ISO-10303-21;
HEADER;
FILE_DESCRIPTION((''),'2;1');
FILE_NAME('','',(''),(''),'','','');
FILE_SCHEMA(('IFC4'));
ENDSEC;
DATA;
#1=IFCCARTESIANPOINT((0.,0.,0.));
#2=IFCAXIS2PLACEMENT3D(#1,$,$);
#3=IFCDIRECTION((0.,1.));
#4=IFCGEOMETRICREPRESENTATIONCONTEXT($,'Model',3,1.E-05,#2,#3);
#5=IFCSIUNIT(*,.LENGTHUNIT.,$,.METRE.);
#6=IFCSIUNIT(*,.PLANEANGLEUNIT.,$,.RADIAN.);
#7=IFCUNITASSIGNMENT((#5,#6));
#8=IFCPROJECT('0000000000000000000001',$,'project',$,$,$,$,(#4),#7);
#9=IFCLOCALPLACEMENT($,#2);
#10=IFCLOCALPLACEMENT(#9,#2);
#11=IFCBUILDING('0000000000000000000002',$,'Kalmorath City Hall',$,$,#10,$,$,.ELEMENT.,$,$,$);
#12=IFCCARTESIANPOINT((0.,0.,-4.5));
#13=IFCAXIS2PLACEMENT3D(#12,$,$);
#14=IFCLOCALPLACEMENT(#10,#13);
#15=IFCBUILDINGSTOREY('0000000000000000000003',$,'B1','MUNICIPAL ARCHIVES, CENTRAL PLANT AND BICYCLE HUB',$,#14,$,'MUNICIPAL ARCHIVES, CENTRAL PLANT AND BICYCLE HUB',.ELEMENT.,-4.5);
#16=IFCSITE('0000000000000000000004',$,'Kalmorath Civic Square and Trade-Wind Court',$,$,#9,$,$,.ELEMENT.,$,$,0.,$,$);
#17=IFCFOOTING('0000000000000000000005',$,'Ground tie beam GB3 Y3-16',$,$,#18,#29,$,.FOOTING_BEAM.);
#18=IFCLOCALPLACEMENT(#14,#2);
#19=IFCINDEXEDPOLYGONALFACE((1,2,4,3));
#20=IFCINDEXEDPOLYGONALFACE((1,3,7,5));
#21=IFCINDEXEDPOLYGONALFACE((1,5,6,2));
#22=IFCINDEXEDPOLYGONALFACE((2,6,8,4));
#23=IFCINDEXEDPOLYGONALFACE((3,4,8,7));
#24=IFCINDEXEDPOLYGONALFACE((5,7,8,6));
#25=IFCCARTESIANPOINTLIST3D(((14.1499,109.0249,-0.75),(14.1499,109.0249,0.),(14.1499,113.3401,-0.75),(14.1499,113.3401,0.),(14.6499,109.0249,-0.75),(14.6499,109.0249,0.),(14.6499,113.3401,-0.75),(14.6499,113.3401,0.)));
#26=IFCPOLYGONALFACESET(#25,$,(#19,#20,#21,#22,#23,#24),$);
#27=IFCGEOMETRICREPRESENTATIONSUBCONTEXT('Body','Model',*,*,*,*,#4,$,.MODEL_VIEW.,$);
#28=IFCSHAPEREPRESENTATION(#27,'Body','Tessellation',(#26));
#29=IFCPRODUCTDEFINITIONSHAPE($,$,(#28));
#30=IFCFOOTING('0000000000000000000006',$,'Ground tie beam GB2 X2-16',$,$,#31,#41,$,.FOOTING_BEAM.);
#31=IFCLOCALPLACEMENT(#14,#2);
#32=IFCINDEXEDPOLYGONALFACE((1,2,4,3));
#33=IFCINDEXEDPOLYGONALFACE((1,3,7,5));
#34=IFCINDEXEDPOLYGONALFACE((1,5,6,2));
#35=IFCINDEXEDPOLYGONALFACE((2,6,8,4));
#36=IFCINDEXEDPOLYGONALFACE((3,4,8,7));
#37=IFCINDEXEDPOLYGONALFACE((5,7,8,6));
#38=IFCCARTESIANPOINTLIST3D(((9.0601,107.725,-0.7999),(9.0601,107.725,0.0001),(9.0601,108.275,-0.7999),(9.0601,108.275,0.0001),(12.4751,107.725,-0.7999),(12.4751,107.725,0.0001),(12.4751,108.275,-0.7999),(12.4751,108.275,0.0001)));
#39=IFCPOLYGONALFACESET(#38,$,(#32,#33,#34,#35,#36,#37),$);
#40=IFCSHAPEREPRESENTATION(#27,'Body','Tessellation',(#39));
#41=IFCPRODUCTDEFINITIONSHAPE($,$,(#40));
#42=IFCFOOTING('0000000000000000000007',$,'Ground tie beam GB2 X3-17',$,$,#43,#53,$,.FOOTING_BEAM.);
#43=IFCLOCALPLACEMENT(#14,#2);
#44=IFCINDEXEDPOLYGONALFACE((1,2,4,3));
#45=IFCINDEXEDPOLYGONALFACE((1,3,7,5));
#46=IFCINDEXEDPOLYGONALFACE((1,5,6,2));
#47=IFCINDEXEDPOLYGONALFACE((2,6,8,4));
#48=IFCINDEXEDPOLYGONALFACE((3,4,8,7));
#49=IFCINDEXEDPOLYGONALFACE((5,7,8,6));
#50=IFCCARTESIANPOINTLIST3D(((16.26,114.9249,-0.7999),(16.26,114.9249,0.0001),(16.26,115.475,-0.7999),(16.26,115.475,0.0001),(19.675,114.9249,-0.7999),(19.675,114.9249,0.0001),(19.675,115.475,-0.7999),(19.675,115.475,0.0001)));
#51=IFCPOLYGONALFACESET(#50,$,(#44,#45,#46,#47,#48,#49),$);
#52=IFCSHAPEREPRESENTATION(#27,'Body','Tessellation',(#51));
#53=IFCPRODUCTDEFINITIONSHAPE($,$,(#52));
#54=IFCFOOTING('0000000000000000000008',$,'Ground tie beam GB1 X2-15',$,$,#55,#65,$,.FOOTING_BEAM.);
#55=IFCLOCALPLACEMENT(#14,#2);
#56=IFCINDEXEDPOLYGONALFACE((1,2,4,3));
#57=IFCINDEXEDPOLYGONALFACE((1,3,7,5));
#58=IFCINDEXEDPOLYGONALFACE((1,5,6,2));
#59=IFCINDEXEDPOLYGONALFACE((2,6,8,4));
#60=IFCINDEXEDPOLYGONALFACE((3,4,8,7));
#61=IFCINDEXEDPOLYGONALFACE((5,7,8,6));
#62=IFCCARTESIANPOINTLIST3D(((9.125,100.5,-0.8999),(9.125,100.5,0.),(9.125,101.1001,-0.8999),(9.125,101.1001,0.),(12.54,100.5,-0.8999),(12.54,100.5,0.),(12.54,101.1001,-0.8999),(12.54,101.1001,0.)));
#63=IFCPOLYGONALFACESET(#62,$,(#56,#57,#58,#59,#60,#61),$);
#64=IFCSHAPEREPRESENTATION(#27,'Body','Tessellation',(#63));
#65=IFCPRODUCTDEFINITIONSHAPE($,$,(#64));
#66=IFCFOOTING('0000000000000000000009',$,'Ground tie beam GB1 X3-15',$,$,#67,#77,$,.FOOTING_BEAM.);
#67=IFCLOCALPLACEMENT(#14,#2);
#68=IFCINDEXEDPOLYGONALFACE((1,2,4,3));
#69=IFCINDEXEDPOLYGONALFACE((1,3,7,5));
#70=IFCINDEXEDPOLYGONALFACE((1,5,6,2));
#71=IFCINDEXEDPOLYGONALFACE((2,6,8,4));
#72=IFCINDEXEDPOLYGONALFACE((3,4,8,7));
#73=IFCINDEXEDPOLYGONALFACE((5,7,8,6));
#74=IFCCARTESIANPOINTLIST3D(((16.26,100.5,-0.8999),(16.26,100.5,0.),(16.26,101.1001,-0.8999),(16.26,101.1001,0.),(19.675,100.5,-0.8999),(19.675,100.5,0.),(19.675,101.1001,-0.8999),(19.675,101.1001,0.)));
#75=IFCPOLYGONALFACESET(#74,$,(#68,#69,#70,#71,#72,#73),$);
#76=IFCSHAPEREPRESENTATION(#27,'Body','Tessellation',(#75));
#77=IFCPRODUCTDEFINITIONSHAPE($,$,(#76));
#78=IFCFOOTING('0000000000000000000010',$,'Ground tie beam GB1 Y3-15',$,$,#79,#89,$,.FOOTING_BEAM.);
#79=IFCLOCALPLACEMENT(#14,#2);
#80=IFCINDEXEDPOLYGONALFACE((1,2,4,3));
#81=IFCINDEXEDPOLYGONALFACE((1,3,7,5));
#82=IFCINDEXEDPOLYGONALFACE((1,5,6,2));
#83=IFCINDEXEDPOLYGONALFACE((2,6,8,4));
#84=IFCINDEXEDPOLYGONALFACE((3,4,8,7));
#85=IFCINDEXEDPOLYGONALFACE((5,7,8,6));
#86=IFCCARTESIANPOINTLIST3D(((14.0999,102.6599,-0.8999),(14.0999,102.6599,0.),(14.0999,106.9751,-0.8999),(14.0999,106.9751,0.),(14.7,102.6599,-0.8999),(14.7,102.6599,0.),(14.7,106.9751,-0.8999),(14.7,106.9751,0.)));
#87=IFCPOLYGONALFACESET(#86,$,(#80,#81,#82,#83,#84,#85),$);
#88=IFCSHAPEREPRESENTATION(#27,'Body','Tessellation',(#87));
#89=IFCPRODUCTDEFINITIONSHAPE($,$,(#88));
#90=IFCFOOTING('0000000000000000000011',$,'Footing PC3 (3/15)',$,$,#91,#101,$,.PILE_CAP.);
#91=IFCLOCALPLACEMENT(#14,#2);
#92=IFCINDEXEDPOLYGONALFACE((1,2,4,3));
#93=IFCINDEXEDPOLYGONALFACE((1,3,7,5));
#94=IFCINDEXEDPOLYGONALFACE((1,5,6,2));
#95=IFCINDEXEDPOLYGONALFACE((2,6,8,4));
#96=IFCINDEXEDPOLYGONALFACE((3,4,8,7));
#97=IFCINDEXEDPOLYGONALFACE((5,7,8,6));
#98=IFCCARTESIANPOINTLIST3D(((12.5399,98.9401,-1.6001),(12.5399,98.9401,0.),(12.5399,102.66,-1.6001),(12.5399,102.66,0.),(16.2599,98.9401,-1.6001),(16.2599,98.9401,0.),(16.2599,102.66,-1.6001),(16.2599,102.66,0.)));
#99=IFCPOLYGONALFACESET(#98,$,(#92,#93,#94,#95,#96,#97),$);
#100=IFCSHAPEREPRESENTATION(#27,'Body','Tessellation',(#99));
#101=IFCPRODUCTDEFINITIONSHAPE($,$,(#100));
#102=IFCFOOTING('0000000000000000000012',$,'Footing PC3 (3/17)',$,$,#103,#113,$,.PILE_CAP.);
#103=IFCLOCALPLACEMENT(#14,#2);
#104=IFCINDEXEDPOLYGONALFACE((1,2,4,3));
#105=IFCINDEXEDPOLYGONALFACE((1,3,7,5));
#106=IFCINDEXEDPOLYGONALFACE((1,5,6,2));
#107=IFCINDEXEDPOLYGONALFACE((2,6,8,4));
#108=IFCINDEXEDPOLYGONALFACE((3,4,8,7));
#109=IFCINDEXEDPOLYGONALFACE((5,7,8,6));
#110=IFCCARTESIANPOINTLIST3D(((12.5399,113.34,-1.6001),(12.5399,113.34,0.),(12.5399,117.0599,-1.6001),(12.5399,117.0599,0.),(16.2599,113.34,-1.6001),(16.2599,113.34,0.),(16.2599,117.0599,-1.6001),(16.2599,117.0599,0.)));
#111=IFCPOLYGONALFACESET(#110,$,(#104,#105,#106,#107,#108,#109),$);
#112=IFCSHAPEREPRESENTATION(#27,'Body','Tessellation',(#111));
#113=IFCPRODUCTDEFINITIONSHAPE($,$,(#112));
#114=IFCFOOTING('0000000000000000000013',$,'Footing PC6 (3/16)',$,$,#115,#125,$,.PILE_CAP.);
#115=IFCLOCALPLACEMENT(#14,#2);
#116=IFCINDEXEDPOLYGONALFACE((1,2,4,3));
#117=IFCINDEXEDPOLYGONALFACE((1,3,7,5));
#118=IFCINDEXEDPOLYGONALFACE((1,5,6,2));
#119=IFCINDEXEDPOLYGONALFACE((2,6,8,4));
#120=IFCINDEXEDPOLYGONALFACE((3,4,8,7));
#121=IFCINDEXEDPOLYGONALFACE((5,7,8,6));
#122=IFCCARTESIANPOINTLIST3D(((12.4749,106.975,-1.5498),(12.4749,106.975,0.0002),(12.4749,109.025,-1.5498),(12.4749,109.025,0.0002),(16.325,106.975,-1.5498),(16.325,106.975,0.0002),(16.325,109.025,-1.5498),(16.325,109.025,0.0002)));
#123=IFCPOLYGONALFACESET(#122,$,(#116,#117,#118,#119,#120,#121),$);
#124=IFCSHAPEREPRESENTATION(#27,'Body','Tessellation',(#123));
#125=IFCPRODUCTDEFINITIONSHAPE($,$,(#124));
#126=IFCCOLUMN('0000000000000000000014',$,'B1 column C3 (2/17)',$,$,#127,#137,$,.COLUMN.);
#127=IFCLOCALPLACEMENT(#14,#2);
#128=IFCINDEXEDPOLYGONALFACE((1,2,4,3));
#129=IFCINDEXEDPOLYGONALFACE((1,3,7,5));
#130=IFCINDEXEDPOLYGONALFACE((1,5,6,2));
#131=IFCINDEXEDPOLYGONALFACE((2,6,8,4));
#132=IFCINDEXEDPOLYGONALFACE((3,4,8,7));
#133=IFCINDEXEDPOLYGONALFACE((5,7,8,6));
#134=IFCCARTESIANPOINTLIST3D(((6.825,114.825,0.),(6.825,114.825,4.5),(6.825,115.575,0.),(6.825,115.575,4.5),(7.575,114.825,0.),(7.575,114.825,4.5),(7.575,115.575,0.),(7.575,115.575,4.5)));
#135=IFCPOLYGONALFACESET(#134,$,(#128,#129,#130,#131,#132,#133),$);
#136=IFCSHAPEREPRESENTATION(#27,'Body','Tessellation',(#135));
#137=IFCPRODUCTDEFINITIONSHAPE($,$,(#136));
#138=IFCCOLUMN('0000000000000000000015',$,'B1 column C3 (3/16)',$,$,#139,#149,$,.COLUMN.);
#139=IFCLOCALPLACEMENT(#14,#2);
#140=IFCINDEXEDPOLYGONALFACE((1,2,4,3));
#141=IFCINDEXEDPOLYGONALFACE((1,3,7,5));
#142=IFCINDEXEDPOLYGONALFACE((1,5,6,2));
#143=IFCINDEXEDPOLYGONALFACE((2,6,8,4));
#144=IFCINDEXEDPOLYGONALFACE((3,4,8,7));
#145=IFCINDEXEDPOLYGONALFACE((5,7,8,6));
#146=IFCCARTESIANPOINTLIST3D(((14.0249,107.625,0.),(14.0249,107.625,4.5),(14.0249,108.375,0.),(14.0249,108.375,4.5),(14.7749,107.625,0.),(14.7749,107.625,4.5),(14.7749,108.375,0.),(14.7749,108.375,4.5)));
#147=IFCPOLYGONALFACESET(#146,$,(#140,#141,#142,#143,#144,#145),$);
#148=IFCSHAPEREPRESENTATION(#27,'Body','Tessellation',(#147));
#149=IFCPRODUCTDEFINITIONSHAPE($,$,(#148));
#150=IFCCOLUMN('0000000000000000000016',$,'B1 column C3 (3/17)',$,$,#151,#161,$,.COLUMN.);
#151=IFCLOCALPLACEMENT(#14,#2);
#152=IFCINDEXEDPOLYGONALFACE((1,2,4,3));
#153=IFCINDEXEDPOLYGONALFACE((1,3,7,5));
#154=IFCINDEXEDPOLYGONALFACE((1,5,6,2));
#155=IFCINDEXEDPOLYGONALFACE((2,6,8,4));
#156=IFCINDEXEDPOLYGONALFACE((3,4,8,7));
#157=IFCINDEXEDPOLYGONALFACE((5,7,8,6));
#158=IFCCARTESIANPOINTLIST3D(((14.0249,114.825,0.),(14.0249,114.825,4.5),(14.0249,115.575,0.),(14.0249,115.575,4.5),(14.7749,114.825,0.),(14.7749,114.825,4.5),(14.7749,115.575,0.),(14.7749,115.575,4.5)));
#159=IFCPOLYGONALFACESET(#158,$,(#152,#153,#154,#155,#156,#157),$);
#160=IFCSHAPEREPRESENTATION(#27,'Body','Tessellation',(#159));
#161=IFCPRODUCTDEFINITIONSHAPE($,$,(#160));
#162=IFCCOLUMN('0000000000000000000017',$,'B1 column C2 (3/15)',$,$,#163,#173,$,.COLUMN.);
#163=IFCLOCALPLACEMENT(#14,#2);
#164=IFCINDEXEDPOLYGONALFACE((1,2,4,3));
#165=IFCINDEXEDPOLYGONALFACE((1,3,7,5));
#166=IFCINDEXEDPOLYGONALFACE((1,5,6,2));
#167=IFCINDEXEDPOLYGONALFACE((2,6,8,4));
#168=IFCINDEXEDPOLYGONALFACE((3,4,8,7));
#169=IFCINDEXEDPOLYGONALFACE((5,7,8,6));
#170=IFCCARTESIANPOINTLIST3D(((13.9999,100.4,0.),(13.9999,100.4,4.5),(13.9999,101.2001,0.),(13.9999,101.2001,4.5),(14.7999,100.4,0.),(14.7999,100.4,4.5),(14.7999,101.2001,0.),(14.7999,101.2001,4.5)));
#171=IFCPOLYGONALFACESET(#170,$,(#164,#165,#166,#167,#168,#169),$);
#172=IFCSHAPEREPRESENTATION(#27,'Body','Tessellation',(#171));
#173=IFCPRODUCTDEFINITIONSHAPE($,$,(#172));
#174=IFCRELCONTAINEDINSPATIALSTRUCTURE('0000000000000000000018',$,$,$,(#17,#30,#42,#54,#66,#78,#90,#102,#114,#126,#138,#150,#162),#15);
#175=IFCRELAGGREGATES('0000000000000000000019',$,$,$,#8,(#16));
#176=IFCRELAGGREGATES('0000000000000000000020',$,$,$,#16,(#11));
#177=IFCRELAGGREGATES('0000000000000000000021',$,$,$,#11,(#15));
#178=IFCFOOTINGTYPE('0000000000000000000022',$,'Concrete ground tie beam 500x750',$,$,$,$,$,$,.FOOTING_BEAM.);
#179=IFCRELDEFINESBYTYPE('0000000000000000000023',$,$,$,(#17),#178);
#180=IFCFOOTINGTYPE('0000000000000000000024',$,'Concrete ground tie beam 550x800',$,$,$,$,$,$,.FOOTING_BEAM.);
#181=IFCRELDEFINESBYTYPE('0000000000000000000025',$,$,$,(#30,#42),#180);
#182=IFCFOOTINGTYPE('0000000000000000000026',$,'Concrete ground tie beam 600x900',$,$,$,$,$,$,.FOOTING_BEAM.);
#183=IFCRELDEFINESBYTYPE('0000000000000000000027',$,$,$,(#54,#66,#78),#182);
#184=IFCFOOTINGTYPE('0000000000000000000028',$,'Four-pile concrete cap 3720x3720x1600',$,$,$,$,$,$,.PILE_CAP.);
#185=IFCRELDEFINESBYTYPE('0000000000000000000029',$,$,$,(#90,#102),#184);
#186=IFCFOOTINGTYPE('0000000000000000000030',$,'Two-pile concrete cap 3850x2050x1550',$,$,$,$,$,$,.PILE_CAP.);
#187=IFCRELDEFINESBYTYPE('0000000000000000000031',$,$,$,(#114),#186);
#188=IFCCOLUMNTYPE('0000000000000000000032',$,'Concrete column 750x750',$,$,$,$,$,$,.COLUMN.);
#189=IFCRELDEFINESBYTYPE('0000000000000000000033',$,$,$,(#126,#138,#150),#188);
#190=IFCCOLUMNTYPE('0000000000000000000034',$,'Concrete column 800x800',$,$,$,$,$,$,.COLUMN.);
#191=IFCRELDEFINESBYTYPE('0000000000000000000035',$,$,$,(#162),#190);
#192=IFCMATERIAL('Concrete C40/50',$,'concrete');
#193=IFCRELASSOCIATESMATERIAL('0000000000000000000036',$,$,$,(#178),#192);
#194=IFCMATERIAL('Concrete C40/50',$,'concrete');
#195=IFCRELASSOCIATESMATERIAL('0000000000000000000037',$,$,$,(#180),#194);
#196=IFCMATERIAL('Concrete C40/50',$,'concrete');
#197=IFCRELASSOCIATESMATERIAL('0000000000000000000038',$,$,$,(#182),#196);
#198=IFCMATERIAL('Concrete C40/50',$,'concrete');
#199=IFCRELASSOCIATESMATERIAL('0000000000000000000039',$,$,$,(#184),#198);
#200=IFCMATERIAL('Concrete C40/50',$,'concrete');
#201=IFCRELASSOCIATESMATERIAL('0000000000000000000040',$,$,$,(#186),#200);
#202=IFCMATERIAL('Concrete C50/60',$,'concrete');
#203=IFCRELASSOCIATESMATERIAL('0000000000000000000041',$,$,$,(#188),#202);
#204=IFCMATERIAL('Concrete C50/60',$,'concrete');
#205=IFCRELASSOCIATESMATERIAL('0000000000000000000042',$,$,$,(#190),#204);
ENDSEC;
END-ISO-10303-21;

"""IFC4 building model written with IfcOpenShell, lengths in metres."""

from ifc_helpers import new_model, si_unit, direction, frame, origin, origin_2d, place, context, subcontext, project, spatial, rectangle, extrude, material, material_profile, profile_set, type_object, element, save


model = new_model("IFC4")

# Units and contexts
model_context = context("Model", 3, precision=1e-05, world=origin(), true_north=direction((0.0, 1.0)))
body_context = subcontext(model_context, "Body", "Model", "MODEL_VIEW")
ifc_project = project(units=[si_unit("LENGTHUNIT", "METRE"), si_unit("PLANEANGLEUNIT", "RADIAN")], contexts=[model_context])

# Site, building, storey
site_placement = place(None, origin())
site = spatial("IfcSite", under=ifc_project, at=site_placement, Name="Kalmorath Civic Square and Trade-Wind Court", CompositionType="ELEMENT", RefElevation=0.0)
building_placement = place(site_placement, origin())
building = spatial("IfcBuilding", under=site, at=building_placement, Name="Kalmorath City Hall", CompositionType="ELEMENT")
storey_placement = place(building_placement, frame((0.0, 0.0, -4.5)))
storey = spatial("IfcBuildingStorey", under=building, at=storey_placement, Name="B1", Description="MUNICIPAL ARCHIVES, CENTRAL PLANT AND BICYCLE HUB", LongName="MUNICIPAL ARCHIVES, CENTRAL PLANT AND BICYCLE HUB", CompositionType="ELEMENT", Elevation=-4.5)

# Footings
ifc_material_1 = material(Name="Concrete C40/50", Category="concrete")
ifc_material_profile_1 = material_profile(ifc_material_1, rectangle(XDim=0.5, YDim=0.75, at=origin_2d()), Name="RC-BM-500X750")
ifc_profile_set_1 = profile_set([ifc_material_profile_1], Name="Concrete C40/50")
footing_type_1 = type_object("IfcFootingType", Name="Concrete ground tie beam 500x750", PredefinedType="FOOTING_BEAM", material=ifc_profile_set_1)
footing_1_placement = place(storey_placement, frame((14.3999, 109.0249, -0.375), z_axis=(0.0, 1.0, 0.0), x_axis=(-1.0, 0.0, 0.0)))
element("IfcFooting", 1, at=footing_1_placement, inside=storey, type_object=footing_type_1, Name="Ground tie beam GB3 Y3-16", PredefinedType="FOOTING_BEAM", context=body_context, shape_type="SweptSolid", body=[
    extrude(rectangle(XDim=0.5, YDim=0.75, at=origin_2d()), origin(), (0.0, 0.0, 1.0), 4.3152),
])
ifc_material_2 = material(Name="Concrete C40/50", Category="concrete")
ifc_material_profile_2 = material_profile(ifc_material_2, rectangle(XDim=0.55, YDim=0.8, at=origin_2d()), Name="RC-BM-550X800")
ifc_profile_set_2 = profile_set([ifc_material_profile_2], Name="Concrete C40/50")
footing_type_2 = type_object("IfcFootingType", Name="Concrete ground tie beam 550x800", PredefinedType="FOOTING_BEAM", material=ifc_profile_set_2)
for number, where, z_axis, x_axis, name in (
    (2, (9.0601, 108.0, -0.3999), (1.0, 0.0, 0.0), (0.0, 1.0, 0.0), "Ground tie beam GB2 X2-16"),
    (3, (16.26, 115.2, -0.3999), (1.0, 0.0, 0.0), (0.0, 1.0, 0.0), "Ground tie beam GB2 X3-17"),
):
    element("IfcFooting", number, at=place(storey_placement, frame(where, z_axis=z_axis, x_axis=x_axis)), inside=storey, type_object=footing_type_2, Name=name, PredefinedType="FOOTING_BEAM", context=body_context, shape_type="SweptSolid", body=[
        extrude(rectangle(XDim=0.55, YDim=0.8, at=origin_2d()), origin(), (0.0, 0.0, 1.0), 3.415),
    ])
ifc_material_3 = material(Name="Concrete C40/50", Category="concrete")
ifc_material_profile_3 = material_profile(ifc_material_3, rectangle(XDim=0.6001, YDim=0.8999, at=origin_2d()), Name="RC-BM-600X900")
ifc_profile_set_3 = profile_set([ifc_material_profile_3], Name="Concrete C40/50")
footing_type_3 = type_object("IfcFootingType", Name="Concrete ground tie beam 600x900", PredefinedType="FOOTING_BEAM", material=ifc_profile_set_3)
for number, where, z_axis, x_axis, name in (
    (4, (9.125, 100.8, -0.45), (1.0, 0.0, 0.0), (0.0, 1.0, 0.0), "Ground tie beam GB1 X2-15"),
    (5, (16.26, 100.8, -0.45), (1.0, 0.0, 0.0), (0.0, 1.0, 0.0), "Ground tie beam GB1 X3-15"),
):
    element("IfcFooting", number, at=place(storey_placement, frame(where, z_axis=z_axis, x_axis=x_axis)), inside=storey, type_object=footing_type_3, Name=name, PredefinedType="FOOTING_BEAM", context=body_context, shape_type="SweptSolid", body=[
        extrude(rectangle(XDim=0.6001, YDim=0.8999, at=origin_2d()), origin(), (0.0, 0.0, 1.0), 3.415),
    ])
footing_2_placement = place(storey_placement, frame((14.3999, 102.6599, -0.45), z_axis=(0.0, 1.0, 0.0), x_axis=(-1.0, 0.0, 0.0)))
element("IfcFooting", 6, at=footing_2_placement, inside=storey, type_object=footing_type_3, Name="Ground tie beam GB1 Y3-15", PredefinedType="FOOTING_BEAM", context=body_context, shape_type="SweptSolid", body=[
    extrude(rectangle(XDim=0.6001, YDim=0.8999, at=origin_2d()), origin(), (0.0, 0.0, 1.0), 4.3152),
])
ifc_material_4 = material(Name="Concrete C40/50", Category="concrete")
footing_type_4 = type_object("IfcFootingType", Name="Four-pile concrete cap 3720x3720x1600", PredefinedType="PILE_CAP", material=ifc_material_4)
for number, where, z_axis, x_axis, name in (
    (7, (14.3999, 100.8, -1.6001), (0.0, 0.0, 1.0), (1.0, 0.0, 0.0), "Footing PC3 (3/15)"),
    (8, (14.3999, 115.2, -1.6001), (0.0, 0.0, 1.0), (1.0, 0.0, 0.0), "Footing PC3 (3/17)"),
):
    element("IfcFooting", number, at=place(storey_placement, frame(where, z_axis=z_axis, x_axis=x_axis)), inside=storey, type_object=footing_type_4, Name=name, PredefinedType="PILE_CAP", context=body_context, shape_type="SweptSolid", body=[
        extrude(rectangle(XDim=3.72, YDim=3.72, at=origin_2d()), origin(), (0.0, 0.0, 1.0), 1.6001),
    ])
ifc_material_5 = material(Name="Concrete C40/50", Category="concrete")
footing_type_5 = type_object("IfcFootingType", Name="Two-pile concrete cap 3850x2050x1550", PredefinedType="PILE_CAP", material=ifc_material_5)
footing_3_placement = place(storey_placement, frame((14.3999, 108.0, -1.5498), z_axis=(0.0, 0.0, 1.0), x_axis=(1.0, 0.0, 0.0)))
element("IfcFooting", 9, at=footing_3_placement, inside=storey, type_object=footing_type_5, Name="Footing PC6 (3/16)", PredefinedType="PILE_CAP", context=body_context, shape_type="SweptSolid", body=[
    extrude(rectangle(XDim=3.8501, YDim=2.05, at=origin_2d()), origin(), (0.0, 0.0, 1.0), 1.55),
])

# Columns
ifc_material_6 = material(Name="Concrete C50/60", Category="concrete")
ifc_material_profile_4 = material_profile(ifc_material_6, rectangle(XDim=0.75, YDim=0.75, at=origin_2d()), Name="RC-COL-750X750")
ifc_profile_set_4 = profile_set([ifc_material_profile_4], Name="Concrete C50/60")
column_type_1 = type_object("IfcColumnType", Name="Concrete column 750x750", PredefinedType="COLUMN", material=ifc_profile_set_4)
for number, where, z_axis, x_axis, name in (
    (10, (7.2, 115.2, 0.0), (0.0, 0.0, 1.0), (1.0, 0.0, 0.0), "B1 column C3 (2/17)"),
    (11, (14.3999, 108.0, 0.0), (0.0, 0.0, 1.0), (1.0, 0.0, 0.0), "B1 column C3 (3/16)"),
    (12, (14.3999, 115.2, 0.0), (0.0, 0.0, 1.0), (1.0, 0.0, 0.0), "B1 column C3 (3/17)"),
):
    element("IfcColumn", number, at=place(storey_placement, frame(where, z_axis=z_axis, x_axis=x_axis)), inside=storey, type_object=column_type_1, Name=name, PredefinedType="COLUMN", context=body_context, shape_type="SweptSolid", body=[
        extrude(rectangle(XDim=0.75, YDim=0.75, at=origin_2d()), origin(), (0.0, 0.0, 1.0), 4.5),
    ])
ifc_material_7 = material(Name="Concrete C50/60", Category="concrete")
ifc_material_profile_5 = material_profile(ifc_material_7, rectangle(XDim=0.8, YDim=0.8, at=origin_2d()), Name="RC-COL-800X800")
ifc_profile_set_5 = profile_set([ifc_material_profile_5], Name="Concrete C50/60")
column_type_2 = type_object("IfcColumnType", Name="Concrete column 800x800", PredefinedType="COLUMN", material=ifc_profile_set_5)
column_placement = place(storey_placement, frame((14.3999, 100.8, 0.0), z_axis=(0.0, 0.0, 1.0), x_axis=(1.0, 0.0, 0.0)))
element("IfcColumn", 13, at=column_placement, inside=storey, type_object=column_type_2, Name="B1 column C2 (3/15)", PredefinedType="COLUMN", context=body_context, shape_type="SweptSolid", body=[
    extrude(rectangle(XDim=0.8, YDim=0.8, at=origin_2d()), origin(), (0.0, 0.0, 1.0), 4.5),
])

save(model, "model.ifc")
